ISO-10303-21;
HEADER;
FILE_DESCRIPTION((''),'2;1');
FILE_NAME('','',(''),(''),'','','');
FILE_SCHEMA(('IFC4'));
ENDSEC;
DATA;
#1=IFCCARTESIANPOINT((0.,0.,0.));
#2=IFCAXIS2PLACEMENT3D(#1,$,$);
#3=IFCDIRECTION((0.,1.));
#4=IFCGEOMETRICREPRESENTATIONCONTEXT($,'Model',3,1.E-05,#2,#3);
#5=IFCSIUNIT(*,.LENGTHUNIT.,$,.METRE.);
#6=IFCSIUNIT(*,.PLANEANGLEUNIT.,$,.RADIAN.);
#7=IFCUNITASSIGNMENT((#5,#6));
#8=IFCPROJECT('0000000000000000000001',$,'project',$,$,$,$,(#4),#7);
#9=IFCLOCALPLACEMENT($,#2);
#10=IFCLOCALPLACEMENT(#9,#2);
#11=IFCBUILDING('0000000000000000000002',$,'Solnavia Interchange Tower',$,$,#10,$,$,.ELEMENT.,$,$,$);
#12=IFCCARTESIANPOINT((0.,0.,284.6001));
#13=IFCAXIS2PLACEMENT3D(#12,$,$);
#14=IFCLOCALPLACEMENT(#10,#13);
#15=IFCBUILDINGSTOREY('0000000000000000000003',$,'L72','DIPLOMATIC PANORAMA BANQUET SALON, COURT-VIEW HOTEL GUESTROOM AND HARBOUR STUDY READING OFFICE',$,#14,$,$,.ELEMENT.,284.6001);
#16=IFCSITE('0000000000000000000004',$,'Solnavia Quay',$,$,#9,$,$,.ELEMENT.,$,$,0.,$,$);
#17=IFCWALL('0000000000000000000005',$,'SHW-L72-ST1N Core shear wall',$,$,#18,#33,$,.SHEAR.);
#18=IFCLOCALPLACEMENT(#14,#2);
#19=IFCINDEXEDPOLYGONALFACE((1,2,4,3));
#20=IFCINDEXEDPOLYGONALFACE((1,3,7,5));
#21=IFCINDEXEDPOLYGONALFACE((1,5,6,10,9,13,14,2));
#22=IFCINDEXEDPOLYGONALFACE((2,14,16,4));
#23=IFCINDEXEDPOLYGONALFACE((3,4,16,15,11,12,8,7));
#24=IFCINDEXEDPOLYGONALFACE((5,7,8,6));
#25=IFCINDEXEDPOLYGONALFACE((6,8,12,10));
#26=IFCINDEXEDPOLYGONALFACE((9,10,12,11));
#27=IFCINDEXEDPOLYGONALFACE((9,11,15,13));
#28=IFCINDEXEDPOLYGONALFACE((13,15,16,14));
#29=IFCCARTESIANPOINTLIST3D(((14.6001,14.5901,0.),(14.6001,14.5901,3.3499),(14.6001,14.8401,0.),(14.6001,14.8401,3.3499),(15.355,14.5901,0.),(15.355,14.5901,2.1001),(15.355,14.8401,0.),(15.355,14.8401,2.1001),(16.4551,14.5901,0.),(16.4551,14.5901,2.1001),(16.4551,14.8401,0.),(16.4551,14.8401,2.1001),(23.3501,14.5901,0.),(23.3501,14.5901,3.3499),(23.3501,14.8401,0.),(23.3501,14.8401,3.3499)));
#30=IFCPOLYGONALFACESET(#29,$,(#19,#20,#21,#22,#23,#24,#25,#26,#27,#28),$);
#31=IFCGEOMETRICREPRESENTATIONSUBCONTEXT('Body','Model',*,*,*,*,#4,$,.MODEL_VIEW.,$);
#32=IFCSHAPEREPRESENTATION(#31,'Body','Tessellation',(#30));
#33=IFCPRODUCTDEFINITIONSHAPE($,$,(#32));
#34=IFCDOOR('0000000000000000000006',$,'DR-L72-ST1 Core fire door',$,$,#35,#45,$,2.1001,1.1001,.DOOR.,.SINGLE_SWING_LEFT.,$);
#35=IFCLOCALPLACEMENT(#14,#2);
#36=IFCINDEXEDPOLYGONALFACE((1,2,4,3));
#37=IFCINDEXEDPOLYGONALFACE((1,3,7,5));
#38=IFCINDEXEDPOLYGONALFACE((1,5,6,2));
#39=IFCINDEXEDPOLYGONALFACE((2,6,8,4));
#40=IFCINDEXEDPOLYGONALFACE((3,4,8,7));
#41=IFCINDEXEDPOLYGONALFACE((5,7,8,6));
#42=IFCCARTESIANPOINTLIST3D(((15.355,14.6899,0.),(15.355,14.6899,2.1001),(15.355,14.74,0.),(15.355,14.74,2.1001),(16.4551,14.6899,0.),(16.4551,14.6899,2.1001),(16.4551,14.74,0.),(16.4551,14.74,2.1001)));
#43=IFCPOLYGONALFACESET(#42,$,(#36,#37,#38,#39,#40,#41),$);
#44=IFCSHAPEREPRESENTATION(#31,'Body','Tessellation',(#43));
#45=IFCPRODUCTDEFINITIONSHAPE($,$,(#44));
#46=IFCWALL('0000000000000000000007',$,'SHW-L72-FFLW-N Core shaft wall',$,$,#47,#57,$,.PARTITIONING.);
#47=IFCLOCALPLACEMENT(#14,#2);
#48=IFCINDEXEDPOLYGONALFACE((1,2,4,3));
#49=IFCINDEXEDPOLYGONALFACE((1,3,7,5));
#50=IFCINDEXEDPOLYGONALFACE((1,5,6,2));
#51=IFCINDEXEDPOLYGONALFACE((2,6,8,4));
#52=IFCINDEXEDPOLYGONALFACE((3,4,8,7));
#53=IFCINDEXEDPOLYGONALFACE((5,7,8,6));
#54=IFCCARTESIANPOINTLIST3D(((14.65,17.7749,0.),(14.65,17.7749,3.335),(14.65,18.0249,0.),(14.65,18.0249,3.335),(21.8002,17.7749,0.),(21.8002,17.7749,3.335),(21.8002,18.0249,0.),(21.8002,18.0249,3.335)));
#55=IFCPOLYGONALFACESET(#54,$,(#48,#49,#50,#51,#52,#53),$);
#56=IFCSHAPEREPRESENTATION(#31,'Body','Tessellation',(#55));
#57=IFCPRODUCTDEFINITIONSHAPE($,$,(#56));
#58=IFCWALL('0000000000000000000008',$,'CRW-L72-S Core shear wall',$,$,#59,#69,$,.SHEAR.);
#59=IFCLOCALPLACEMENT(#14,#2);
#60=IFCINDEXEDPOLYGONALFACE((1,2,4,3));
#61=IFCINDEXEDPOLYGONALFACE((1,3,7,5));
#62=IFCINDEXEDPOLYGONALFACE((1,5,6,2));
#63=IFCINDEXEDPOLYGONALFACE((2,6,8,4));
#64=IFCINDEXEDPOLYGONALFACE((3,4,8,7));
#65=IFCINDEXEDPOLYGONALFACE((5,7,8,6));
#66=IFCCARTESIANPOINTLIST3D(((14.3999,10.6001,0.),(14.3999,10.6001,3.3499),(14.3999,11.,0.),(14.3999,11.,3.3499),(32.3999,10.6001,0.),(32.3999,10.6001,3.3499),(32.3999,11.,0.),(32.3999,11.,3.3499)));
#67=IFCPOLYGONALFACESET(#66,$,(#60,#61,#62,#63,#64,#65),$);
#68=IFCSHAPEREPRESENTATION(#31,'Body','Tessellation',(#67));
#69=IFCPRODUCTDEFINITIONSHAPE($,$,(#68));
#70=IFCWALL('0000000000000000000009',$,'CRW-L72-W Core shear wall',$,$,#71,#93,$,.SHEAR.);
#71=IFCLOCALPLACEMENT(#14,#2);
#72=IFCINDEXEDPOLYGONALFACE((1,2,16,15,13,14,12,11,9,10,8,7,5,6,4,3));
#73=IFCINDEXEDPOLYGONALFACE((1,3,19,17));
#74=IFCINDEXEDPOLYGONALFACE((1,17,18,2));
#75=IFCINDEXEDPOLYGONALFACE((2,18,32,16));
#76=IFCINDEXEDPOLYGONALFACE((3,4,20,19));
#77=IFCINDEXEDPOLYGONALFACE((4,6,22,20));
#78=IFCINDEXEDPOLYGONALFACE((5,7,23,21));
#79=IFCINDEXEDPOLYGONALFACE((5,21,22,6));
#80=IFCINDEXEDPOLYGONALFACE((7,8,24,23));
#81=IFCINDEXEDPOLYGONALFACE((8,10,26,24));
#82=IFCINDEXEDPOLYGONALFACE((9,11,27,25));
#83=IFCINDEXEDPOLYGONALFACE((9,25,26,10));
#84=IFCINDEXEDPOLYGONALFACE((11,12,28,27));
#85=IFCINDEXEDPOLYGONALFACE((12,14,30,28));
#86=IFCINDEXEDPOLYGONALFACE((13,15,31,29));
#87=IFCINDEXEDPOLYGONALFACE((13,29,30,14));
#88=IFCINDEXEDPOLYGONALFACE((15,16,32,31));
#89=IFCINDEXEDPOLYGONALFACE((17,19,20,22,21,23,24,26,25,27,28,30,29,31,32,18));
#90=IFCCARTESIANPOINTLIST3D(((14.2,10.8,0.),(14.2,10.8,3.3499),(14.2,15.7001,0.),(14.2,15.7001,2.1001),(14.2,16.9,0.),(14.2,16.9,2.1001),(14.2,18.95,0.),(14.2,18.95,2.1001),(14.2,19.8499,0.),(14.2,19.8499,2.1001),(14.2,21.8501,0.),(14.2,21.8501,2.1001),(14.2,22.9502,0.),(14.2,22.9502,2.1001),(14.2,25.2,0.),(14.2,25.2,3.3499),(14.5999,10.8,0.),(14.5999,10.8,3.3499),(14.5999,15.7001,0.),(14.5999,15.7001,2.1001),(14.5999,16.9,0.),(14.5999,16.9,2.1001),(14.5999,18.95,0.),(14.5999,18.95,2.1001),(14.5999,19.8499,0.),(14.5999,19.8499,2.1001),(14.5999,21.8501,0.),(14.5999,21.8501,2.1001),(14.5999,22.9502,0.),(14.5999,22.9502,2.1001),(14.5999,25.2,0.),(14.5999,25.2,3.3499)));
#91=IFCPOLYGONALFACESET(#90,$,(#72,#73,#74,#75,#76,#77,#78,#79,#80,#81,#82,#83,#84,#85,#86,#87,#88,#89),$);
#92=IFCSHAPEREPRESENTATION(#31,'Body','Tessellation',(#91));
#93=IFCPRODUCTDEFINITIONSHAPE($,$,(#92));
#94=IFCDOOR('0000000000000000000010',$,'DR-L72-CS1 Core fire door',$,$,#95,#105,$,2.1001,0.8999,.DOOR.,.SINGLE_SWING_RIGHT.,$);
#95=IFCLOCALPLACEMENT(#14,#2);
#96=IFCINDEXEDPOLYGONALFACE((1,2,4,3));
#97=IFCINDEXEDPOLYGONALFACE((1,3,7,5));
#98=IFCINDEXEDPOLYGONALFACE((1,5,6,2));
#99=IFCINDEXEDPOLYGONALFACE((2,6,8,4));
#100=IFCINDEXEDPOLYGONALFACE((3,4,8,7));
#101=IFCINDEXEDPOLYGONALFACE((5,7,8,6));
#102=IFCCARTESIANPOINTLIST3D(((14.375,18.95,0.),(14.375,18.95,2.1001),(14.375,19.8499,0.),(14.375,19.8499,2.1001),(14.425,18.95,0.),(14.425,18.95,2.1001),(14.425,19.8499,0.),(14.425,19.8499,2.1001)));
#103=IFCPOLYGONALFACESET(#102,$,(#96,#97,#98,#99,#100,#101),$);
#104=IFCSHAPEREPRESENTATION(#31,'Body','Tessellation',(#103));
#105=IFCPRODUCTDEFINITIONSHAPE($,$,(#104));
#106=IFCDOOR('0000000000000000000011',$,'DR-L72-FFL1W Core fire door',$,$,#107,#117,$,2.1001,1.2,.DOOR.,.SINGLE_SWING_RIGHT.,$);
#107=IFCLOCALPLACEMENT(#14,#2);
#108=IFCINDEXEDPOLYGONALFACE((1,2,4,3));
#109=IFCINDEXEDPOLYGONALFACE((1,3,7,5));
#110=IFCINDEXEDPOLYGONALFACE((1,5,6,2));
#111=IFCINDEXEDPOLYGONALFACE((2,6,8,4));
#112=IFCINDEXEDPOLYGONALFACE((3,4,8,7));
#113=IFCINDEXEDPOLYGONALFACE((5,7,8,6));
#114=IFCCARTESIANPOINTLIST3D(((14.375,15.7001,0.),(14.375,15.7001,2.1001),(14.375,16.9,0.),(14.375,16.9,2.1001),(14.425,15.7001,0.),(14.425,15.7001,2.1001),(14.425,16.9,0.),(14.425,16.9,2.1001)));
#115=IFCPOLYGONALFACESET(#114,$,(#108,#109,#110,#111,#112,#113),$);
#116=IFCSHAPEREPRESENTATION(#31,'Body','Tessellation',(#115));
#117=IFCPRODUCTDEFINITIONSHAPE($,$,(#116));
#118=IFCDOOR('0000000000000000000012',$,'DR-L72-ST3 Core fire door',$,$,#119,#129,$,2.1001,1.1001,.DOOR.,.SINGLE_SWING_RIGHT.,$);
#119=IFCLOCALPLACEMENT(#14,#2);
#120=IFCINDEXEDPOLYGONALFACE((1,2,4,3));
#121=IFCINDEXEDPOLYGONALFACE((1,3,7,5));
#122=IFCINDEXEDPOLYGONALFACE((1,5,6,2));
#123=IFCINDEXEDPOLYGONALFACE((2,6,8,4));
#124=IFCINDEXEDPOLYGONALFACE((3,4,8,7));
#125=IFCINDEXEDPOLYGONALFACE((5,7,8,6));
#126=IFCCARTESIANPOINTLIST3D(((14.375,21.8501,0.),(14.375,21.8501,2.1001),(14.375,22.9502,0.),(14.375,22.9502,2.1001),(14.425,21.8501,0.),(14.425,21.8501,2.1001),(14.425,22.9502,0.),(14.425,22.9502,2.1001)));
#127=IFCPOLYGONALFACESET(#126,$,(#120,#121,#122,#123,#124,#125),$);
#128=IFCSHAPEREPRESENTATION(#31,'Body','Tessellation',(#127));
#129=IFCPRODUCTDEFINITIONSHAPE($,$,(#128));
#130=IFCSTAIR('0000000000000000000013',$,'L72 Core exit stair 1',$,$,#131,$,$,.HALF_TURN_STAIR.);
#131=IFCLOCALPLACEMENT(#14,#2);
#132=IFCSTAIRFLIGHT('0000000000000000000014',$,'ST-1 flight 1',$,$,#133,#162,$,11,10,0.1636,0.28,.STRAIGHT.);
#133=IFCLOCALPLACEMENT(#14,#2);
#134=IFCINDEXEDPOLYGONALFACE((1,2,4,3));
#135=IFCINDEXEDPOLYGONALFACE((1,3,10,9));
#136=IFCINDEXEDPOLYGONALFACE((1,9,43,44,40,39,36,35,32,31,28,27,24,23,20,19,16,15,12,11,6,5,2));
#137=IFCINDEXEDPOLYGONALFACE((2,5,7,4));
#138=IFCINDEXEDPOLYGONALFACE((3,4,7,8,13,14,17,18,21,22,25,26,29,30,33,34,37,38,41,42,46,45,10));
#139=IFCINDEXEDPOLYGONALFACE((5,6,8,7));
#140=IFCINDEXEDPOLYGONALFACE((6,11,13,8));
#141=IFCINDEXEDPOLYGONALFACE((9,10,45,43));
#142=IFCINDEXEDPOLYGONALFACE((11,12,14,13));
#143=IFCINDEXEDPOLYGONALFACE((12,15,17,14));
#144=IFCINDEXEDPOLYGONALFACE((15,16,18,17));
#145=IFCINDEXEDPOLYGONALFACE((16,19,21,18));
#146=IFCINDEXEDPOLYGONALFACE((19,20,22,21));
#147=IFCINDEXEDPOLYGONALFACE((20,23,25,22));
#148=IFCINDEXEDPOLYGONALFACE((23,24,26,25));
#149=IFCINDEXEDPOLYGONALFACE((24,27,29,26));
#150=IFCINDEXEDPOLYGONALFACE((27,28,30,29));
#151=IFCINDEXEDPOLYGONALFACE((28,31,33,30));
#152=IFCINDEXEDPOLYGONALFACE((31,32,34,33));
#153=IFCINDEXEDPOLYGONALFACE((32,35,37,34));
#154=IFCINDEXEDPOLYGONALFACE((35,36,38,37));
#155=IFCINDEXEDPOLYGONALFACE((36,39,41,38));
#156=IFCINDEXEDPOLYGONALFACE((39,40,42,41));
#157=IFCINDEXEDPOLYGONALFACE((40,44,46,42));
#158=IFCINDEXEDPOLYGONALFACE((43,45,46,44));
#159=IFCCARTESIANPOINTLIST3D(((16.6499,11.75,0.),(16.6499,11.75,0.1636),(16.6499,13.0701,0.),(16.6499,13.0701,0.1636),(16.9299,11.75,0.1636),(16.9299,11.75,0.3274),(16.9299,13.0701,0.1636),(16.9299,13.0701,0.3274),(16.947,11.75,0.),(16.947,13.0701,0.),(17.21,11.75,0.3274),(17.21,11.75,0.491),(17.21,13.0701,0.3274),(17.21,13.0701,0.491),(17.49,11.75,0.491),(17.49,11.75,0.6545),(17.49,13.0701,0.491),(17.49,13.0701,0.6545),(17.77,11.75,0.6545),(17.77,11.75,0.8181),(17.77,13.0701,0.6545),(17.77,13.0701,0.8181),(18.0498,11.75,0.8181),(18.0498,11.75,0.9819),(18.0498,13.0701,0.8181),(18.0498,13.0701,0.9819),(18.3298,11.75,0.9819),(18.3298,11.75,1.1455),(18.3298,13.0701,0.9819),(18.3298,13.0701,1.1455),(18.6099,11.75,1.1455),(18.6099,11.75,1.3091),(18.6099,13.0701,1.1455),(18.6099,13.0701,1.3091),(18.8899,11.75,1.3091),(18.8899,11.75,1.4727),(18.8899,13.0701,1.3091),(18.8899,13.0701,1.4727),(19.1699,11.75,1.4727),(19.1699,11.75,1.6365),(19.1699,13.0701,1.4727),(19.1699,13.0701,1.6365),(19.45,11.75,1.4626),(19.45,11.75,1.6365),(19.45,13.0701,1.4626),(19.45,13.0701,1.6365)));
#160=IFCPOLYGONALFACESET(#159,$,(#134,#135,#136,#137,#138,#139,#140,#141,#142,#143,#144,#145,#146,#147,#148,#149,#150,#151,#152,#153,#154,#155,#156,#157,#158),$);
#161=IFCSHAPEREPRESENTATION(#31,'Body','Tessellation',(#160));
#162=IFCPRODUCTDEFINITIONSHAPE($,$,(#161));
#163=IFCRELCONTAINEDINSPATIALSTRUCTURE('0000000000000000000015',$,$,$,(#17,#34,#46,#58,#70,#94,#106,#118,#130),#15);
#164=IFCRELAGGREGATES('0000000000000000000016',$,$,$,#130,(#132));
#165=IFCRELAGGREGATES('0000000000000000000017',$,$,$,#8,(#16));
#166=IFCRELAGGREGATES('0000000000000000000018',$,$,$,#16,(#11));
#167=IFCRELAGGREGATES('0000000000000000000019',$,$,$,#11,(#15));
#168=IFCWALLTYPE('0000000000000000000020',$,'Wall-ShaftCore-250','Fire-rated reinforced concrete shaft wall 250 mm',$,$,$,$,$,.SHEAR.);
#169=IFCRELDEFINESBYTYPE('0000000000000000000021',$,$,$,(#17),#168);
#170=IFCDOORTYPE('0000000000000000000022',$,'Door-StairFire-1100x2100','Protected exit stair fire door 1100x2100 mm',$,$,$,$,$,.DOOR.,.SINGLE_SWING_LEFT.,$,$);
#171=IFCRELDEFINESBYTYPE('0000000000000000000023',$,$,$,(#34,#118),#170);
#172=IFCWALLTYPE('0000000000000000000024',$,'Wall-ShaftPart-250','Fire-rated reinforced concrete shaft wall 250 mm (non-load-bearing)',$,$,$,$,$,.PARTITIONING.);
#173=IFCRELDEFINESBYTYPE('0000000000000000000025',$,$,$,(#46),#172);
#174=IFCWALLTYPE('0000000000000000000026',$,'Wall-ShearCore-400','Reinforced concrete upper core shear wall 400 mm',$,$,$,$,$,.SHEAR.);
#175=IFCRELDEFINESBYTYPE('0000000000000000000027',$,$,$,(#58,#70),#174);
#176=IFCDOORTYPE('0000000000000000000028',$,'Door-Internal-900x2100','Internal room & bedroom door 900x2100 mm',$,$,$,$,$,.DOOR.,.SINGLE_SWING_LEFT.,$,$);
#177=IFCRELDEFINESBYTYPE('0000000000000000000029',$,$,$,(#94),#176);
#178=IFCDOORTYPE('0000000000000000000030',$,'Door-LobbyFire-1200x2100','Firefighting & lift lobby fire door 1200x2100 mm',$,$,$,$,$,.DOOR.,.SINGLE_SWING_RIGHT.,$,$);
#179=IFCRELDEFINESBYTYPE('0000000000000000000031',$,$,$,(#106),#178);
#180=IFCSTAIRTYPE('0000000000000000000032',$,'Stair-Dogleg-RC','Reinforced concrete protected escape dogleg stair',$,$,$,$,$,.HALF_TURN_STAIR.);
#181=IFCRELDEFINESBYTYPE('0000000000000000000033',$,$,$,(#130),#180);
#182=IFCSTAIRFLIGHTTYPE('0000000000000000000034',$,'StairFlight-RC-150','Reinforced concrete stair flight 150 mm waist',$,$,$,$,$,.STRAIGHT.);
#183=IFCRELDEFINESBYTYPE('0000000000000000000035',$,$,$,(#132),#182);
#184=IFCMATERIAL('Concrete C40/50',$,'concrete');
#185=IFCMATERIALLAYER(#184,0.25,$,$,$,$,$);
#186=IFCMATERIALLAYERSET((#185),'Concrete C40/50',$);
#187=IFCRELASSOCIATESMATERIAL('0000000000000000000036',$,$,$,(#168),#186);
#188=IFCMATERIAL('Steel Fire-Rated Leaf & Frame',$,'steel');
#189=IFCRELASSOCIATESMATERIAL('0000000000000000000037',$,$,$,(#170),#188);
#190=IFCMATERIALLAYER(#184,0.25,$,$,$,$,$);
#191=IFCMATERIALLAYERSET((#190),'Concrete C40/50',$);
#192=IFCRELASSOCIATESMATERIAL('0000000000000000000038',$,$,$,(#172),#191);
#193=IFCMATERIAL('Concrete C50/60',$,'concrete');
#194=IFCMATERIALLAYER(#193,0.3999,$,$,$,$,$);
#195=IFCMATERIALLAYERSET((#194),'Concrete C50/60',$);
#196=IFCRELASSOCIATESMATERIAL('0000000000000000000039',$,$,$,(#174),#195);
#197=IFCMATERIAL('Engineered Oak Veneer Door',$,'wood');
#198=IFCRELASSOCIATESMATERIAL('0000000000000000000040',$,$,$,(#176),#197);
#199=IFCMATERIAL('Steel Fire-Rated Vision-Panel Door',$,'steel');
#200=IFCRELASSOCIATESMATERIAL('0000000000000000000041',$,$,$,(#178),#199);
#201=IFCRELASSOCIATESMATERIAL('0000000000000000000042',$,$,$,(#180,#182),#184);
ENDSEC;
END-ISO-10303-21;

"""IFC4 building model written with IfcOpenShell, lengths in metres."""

from ifc_helpers import new_model, si_unit, direction, frame, frame_2d, origin, place, context, subcontext, project, spatial, polyline, rectangle, outline, extrude, material, layer, layer_set, type_object, element, fill, aggregate, save


model = new_model("IFC4")

# Units and contexts
model_context = context("Model", 3, precision=1e-05, world=origin(), true_north=direction((0.0, 1.0)))
body_context = subcontext(model_context, "Body", "Model", "MODEL_VIEW")
ifc_project = project(units=[si_unit("LENGTHUNIT", "METRE"), si_unit("PLANEANGLEUNIT", "RADIAN")], contexts=[model_context])

# Site, building, storey
site_placement = place(None, origin())
site = spatial("IfcSite", under=ifc_project, at=site_placement, Name="Solnavia Quay", CompositionType="ELEMENT", RefElevation=0.0)
building_placement = place(site_placement, origin())
building = spatial("IfcBuilding", under=site, at=building_placement, Name="Solnavia Interchange Tower", CompositionType="ELEMENT")
storey_placement = place(building_placement, frame((0.0, 0.0, 284.6001)))
storey = spatial("IfcBuildingStorey", under=building, at=storey_placement, Name="L72", Description="DIPLOMATIC PANORAMA BANQUET SALON, COURT-VIEW HOTEL GUESTROOM AND HARBOUR STUDY READING OFFICE", CompositionType="ELEMENT", Elevation=284.6001)

# Shared definitions
ifc_material_1 = material(Name="Concrete C50/60", Category="concrete")

# Shared definitions
ifc_material_2 = material(Name="Concrete C40/50", Category="concrete")
ifc_layer_1 = layer(ifc_material_2, 0.25)
ifc_layer_set_1 = layer_set([ifc_layer_1], Name="Concrete C40/50")
wall_type_1 = type_object("IfcWallType", Name="Wall-ShaftCore-250", Description="Fire-rated reinforced concrete shaft wall 250 mm", PredefinedType="SHEAR", material=ifc_layer_set_1)

# Wall, opening, door
wall_1_placement = place(storey_placement, frame((14.6001, 14.7151, 0.0), z_axis=(0.0, 0.0, 1.0), x_axis=(1.0, 0.0, 0.0)))
wall_1 = element("IfcWall", 1, at=wall_1_placement, inside=storey, type_object=wall_type_1, Name="SHW-L72-ST1N Core shear wall", PredefinedType="SHEAR", context=body_context, shape_type="SweptSolid", body=[
    extrude(rectangle(XDim=8.75, YDim=0.25, at=frame_2d((4.375, 0.0))), origin(), (0.0, 0.0, 1.0), 3.3499),
])
opening_1_placement = place(wall_1_placement, frame((0.7549, 0.0, 0.0)))
opening_1 = element("IfcOpeningElement", 2, at=opening_1_placement, cuts=wall_1, PredefinedType="OPENING", context=body_context, shape_type="SweptSolid", body=[
    extrude(rectangle(XDim=1.1001, YDim=2.1001, at=frame_2d((0.55, 1.05))), frame((0.0, 0.135, 0.0), z_axis=(0.0, -1.0, 0.0), x_axis=(1.0, 0.0, 0.0)), (0.0, 0.0, 1.0), 0.27),
])
ifc_material_3 = material(Name="Steel Fire-Rated Leaf & Frame", Category="steel")
door_type_1 = type_object("IfcDoorType", Name="Door-StairFire-1100x2100", Description="Protected exit stair fire door 1100x2100 mm", OperationType="SINGLE_SWING_LEFT", PredefinedType="DOOR", material=ifc_material_3)
door_1_placement = place(opening_1_placement, origin())
door_1 = element("IfcDoor", 3, at=door_1_placement, inside=storey, type_object=door_type_1, Name="DR-L72-ST1 Core fire door", OperationType="SINGLE_SWING_LEFT", OverallHeight=2.1001, OverallWidth=1.1001, PredefinedType="DOOR", context=body_context, shape_type="SweptSolid", body=[
    extrude(rectangle(XDim=1.1001, YDim=2.1001, at=frame_2d((0.55, 1.05))), frame((0.0, 0.0249, 0.0), z_axis=(0.0, -1.0, 0.0), x_axis=(1.0, 0.0, 0.0)), (0.0, 0.0, 1.0), 0.05),
])
fill(opening_1, door_1)

# Walls
ifc_layer_2 = layer(ifc_material_2, 0.25)
ifc_layer_set_2 = layer_set([ifc_layer_2], Name="Concrete C40/50")
wall_type_2 = type_object("IfcWallType", Name="Wall-ShaftPart-250", Description="Fire-rated reinforced concrete shaft wall 250 mm (non-load-bearing)", PredefinedType="PARTITIONING", material=ifc_layer_set_2)
wall_2_placement = place(storey_placement, frame((14.6499, 17.8999, 0.0), z_axis=(0.0, 0.0, 1.0), x_axis=(1.0, 0.0, 0.0)))
element("IfcWall", 4, at=wall_2_placement, inside=storey, type_object=wall_type_2, Name="SHW-L72-FFLW-N Core shaft wall", PredefinedType="PARTITIONING", context=body_context, shape_type="SweptSolid", body=[
    extrude(rectangle(XDim=7.1501, YDim=0.25, at=frame_2d((3.5752, 0.0))), origin(), (0.0, 0.0, 1.0), 3.335),
])
ifc_layer_3 = layer(ifc_material_1, 0.3999)
ifc_layer_set_3 = layer_set([ifc_layer_3], Name="Concrete C50/60")
wall_type_3 = type_object("IfcWallType", Name="Wall-ShearCore-400", Description="Reinforced concrete upper core shear wall 400 mm", PredefinedType="SHEAR", material=ifc_layer_set_3)
wall_3_placement = place(storey_placement, frame((14.3999, 10.8, 0.0), z_axis=(0.0, 0.0, 1.0), x_axis=(1.0, 0.0, 0.0)))
element("IfcWall", 5, at=wall_3_placement, inside=storey, type_object=wall_type_3, Name="CRW-L72-S Core shear wall", PredefinedType="SHEAR", context=body_context, shape_type="SweptSolid", body=[
    extrude(rectangle(XDim=18.0, YDim=0.3999, at=frame_2d((9.0, 0.0))), origin(), (0.0, 0.0, 1.0), 3.3499),
])

# Wall, openings, doors
wall_4_placement = place(storey_placement, frame((14.3999, 10.8, 0.0), z_axis=(0.0, 0.0, 1.0), x_axis=(0.0, 1.0, 0.0)))
wall_4 = element("IfcWall", 6, at=wall_4_placement, inside=storey, type_object=wall_type_3, Name="CRW-L72-W Core shear wall", PredefinedType="SHEAR", context=body_context, shape_type="SweptSolid", body=[
    extrude(rectangle(XDim=14.3999, YDim=0.3999, at=frame_2d((7.2, 0.0))), origin(), (0.0, 0.0, 1.0), 3.3499),
])
opening_2_placement = place(wall_4_placement, frame((11.05, 0.0, 0.0)))
opening_2 = element("IfcOpeningElement", 7, at=opening_2_placement, cuts=wall_4, PredefinedType="OPENING", context=body_context, shape_type="SweptSolid", body=[
    extrude(rectangle(XDim=1.1001, YDim=2.1001, at=frame_2d((0.55, 1.05))), frame((0.0, 0.21, 0.0), z_axis=(0.0, -1.0, 0.0), x_axis=(1.0, 0.0, 0.0)), (0.0, 0.0, 1.0), 0.4199),
])
opening_3_placement = place(wall_4_placement, frame((4.8999, 0.0, 0.0)))
opening_3 = element("IfcOpeningElement", 8, at=opening_3_placement, cuts=wall_4, PredefinedType="OPENING", context=body_context, shape_type="SweptSolid", body=[
    extrude(rectangle(XDim=1.2, YDim=2.1001, at=frame_2d((0.6001, 1.05))), frame((0.0, 0.21, 0.0), z_axis=(0.0, -1.0, 0.0), x_axis=(1.0, 0.0, 0.0)), (0.0, 0.0, 1.0), 0.4199),
])
opening_4_placement = place(wall_4_placement, frame((8.1499, 0.0, 0.0)))
opening_4 = element("IfcOpeningElement", 9, at=opening_4_placement, cuts=wall_4, PredefinedType="OPENING", context=body_context, shape_type="SweptSolid", body=[
    extrude(rectangle(XDim=0.8999, YDim=2.1001, at=frame_2d((0.45, 1.05))), frame((0.0, 0.21, 0.0), z_axis=(0.0, -1.0, 0.0), x_axis=(1.0, 0.0, 0.0)), (0.0, 0.0, 1.0), 0.4199),
])
ifc_material_4 = material(Name="Engineered Oak Veneer Door", Category="wood")
door_type_2 = type_object("IfcDoorType", Name="Door-Internal-900x2100", Description="Internal room & bedroom door 900x2100 mm", OperationType="SINGLE_SWING_LEFT", PredefinedType="DOOR", material=ifc_material_4)
door_2_placement = place(opening_4_placement, origin())
door_2 = element("IfcDoor", 10, at=door_2_placement, inside=storey, type_object=door_type_2, Name="DR-L72-CS1 Core fire door", OperationType="SINGLE_SWING_RIGHT", OverallHeight=2.1001, OverallWidth=0.8999, PredefinedType="DOOR", context=body_context, shape_type="SweptSolid", body=[
    extrude(rectangle(XDim=0.8999, YDim=2.1001, at=frame_2d((0.45, 1.05))), frame((0.0, 0.0249, 0.0), z_axis=(0.0, -1.0, 0.0), x_axis=(1.0, 0.0, 0.0)), (0.0, 0.0, 1.0), 0.05),
])
fill(opening_4, door_2)
ifc_material_5 = material(Name="Steel Fire-Rated Vision-Panel Door", Category="steel")
door_type_3 = type_object("IfcDoorType", Name="Door-LobbyFire-1200x2100", Description="Firefighting & lift lobby fire door 1200x2100 mm", OperationType="SINGLE_SWING_RIGHT", PredefinedType="DOOR", material=ifc_material_5)
door_3_placement = place(opening_3_placement, origin())
door_3 = element("IfcDoor", 11, at=door_3_placement, inside=storey, type_object=door_type_3, Name="DR-L72-FFL1W Core fire door", OperationType="SINGLE_SWING_RIGHT", OverallHeight=2.1001, OverallWidth=1.2, PredefinedType="DOOR", context=body_context, shape_type="SweptSolid", body=[
    extrude(rectangle(XDim=1.2, YDim=2.1001, at=frame_2d((0.6001, 1.05))), frame((0.0, 0.0249, 0.0), z_axis=(0.0, -1.0, 0.0), x_axis=(1.0, 0.0, 0.0)), (0.0, 0.0, 1.0), 0.05),
])
fill(opening_3, door_3)
door_4_placement = place(opening_2_placement, origin())
door_4 = element("IfcDoor", 12, at=door_4_placement, inside=storey, type_object=door_type_1, Name="DR-L72-ST3 Core fire door", OperationType="SINGLE_SWING_RIGHT", OverallHeight=2.1001, OverallWidth=1.1001, PredefinedType="DOOR", context=body_context, shape_type="SweptSolid", body=[
    extrude(rectangle(XDim=1.1001, YDim=2.1001, at=frame_2d((0.55, 1.05))), frame((0.0, 0.0249, 0.0), z_axis=(0.0, -1.0, 0.0), x_axis=(1.0, 0.0, 0.0)), (0.0, 0.0, 1.0), 0.05),
])
fill(opening_2, door_4)

# Stair, stair flight
stair_type = type_object("IfcStairType", Name="Stair-Dogleg-RC", Description="Reinforced concrete protected escape dogleg stair", PredefinedType="HALF_TURN_STAIR", material=ifc_material_2)
stair_placement = place(storey_placement, origin())
stair = element("IfcStair", 13, at=stair_placement, inside=storey, type_object=stair_type, Name="L72 Core exit stair 1", PredefinedType="HALF_TURN_STAIR")
stair_flight_type = type_object("IfcStairFlightType", Name="StairFlight-RC-150", Description="Reinforced concrete stair flight 150 mm waist", PredefinedType="STRAIGHT", material=ifc_material_2)
stair_flight_placement = place(storey_placement, frame((16.6499, 12.4099, 0.0), z_axis=(0.0, 0.0, 1.0), x_axis=(1.0, 0.0, 0.0)))
stair_flight = element("IfcStairFlight", 14, at=stair_flight_placement, type_object=stair_flight_type, Name="ST-1 flight 1", NumberOfRisers=11, NumberOfTreads=10, PredefinedType="STRAIGHT", RiserHeight=0.1636, TreadLength=0.28, context=body_context, shape_type="SweptSolid", body=[
    extrude(outline(polyline([(0.0, 0.0), (0.0, 0.1636), (0.28, 0.1636), (0.28, 0.3274), (0.5601, 0.3274), (0.5601, 0.491), (0.8401, 0.491), (0.8401, 0.6545), (1.1201, 0.6545), (1.1201, 0.8181), (1.3999, 0.8181), (1.3999, 0.9819), (1.6799, 0.9819), (1.6799, 1.1455), (1.96, 1.1455), (1.96, 1.3091), (2.24, 1.3091), (2.24, 1.4727), (2.52, 1.4727), (2.52, 1.6365), (2.8, 1.6365), (2.8, 1.8), (2.8, 1.4626), (0.2971, 0.0), (0.0, 0.0)])), frame((0.0, 0.6602, 0.0), z_axis=(0.0, -1.0, 0.0), x_axis=(1.0, 0.0, 0.0)), (0.0, 0.0, 1.0), 1.3201),
])
aggregate(stair, [stair_flight])

save(model, "model.ifc")
